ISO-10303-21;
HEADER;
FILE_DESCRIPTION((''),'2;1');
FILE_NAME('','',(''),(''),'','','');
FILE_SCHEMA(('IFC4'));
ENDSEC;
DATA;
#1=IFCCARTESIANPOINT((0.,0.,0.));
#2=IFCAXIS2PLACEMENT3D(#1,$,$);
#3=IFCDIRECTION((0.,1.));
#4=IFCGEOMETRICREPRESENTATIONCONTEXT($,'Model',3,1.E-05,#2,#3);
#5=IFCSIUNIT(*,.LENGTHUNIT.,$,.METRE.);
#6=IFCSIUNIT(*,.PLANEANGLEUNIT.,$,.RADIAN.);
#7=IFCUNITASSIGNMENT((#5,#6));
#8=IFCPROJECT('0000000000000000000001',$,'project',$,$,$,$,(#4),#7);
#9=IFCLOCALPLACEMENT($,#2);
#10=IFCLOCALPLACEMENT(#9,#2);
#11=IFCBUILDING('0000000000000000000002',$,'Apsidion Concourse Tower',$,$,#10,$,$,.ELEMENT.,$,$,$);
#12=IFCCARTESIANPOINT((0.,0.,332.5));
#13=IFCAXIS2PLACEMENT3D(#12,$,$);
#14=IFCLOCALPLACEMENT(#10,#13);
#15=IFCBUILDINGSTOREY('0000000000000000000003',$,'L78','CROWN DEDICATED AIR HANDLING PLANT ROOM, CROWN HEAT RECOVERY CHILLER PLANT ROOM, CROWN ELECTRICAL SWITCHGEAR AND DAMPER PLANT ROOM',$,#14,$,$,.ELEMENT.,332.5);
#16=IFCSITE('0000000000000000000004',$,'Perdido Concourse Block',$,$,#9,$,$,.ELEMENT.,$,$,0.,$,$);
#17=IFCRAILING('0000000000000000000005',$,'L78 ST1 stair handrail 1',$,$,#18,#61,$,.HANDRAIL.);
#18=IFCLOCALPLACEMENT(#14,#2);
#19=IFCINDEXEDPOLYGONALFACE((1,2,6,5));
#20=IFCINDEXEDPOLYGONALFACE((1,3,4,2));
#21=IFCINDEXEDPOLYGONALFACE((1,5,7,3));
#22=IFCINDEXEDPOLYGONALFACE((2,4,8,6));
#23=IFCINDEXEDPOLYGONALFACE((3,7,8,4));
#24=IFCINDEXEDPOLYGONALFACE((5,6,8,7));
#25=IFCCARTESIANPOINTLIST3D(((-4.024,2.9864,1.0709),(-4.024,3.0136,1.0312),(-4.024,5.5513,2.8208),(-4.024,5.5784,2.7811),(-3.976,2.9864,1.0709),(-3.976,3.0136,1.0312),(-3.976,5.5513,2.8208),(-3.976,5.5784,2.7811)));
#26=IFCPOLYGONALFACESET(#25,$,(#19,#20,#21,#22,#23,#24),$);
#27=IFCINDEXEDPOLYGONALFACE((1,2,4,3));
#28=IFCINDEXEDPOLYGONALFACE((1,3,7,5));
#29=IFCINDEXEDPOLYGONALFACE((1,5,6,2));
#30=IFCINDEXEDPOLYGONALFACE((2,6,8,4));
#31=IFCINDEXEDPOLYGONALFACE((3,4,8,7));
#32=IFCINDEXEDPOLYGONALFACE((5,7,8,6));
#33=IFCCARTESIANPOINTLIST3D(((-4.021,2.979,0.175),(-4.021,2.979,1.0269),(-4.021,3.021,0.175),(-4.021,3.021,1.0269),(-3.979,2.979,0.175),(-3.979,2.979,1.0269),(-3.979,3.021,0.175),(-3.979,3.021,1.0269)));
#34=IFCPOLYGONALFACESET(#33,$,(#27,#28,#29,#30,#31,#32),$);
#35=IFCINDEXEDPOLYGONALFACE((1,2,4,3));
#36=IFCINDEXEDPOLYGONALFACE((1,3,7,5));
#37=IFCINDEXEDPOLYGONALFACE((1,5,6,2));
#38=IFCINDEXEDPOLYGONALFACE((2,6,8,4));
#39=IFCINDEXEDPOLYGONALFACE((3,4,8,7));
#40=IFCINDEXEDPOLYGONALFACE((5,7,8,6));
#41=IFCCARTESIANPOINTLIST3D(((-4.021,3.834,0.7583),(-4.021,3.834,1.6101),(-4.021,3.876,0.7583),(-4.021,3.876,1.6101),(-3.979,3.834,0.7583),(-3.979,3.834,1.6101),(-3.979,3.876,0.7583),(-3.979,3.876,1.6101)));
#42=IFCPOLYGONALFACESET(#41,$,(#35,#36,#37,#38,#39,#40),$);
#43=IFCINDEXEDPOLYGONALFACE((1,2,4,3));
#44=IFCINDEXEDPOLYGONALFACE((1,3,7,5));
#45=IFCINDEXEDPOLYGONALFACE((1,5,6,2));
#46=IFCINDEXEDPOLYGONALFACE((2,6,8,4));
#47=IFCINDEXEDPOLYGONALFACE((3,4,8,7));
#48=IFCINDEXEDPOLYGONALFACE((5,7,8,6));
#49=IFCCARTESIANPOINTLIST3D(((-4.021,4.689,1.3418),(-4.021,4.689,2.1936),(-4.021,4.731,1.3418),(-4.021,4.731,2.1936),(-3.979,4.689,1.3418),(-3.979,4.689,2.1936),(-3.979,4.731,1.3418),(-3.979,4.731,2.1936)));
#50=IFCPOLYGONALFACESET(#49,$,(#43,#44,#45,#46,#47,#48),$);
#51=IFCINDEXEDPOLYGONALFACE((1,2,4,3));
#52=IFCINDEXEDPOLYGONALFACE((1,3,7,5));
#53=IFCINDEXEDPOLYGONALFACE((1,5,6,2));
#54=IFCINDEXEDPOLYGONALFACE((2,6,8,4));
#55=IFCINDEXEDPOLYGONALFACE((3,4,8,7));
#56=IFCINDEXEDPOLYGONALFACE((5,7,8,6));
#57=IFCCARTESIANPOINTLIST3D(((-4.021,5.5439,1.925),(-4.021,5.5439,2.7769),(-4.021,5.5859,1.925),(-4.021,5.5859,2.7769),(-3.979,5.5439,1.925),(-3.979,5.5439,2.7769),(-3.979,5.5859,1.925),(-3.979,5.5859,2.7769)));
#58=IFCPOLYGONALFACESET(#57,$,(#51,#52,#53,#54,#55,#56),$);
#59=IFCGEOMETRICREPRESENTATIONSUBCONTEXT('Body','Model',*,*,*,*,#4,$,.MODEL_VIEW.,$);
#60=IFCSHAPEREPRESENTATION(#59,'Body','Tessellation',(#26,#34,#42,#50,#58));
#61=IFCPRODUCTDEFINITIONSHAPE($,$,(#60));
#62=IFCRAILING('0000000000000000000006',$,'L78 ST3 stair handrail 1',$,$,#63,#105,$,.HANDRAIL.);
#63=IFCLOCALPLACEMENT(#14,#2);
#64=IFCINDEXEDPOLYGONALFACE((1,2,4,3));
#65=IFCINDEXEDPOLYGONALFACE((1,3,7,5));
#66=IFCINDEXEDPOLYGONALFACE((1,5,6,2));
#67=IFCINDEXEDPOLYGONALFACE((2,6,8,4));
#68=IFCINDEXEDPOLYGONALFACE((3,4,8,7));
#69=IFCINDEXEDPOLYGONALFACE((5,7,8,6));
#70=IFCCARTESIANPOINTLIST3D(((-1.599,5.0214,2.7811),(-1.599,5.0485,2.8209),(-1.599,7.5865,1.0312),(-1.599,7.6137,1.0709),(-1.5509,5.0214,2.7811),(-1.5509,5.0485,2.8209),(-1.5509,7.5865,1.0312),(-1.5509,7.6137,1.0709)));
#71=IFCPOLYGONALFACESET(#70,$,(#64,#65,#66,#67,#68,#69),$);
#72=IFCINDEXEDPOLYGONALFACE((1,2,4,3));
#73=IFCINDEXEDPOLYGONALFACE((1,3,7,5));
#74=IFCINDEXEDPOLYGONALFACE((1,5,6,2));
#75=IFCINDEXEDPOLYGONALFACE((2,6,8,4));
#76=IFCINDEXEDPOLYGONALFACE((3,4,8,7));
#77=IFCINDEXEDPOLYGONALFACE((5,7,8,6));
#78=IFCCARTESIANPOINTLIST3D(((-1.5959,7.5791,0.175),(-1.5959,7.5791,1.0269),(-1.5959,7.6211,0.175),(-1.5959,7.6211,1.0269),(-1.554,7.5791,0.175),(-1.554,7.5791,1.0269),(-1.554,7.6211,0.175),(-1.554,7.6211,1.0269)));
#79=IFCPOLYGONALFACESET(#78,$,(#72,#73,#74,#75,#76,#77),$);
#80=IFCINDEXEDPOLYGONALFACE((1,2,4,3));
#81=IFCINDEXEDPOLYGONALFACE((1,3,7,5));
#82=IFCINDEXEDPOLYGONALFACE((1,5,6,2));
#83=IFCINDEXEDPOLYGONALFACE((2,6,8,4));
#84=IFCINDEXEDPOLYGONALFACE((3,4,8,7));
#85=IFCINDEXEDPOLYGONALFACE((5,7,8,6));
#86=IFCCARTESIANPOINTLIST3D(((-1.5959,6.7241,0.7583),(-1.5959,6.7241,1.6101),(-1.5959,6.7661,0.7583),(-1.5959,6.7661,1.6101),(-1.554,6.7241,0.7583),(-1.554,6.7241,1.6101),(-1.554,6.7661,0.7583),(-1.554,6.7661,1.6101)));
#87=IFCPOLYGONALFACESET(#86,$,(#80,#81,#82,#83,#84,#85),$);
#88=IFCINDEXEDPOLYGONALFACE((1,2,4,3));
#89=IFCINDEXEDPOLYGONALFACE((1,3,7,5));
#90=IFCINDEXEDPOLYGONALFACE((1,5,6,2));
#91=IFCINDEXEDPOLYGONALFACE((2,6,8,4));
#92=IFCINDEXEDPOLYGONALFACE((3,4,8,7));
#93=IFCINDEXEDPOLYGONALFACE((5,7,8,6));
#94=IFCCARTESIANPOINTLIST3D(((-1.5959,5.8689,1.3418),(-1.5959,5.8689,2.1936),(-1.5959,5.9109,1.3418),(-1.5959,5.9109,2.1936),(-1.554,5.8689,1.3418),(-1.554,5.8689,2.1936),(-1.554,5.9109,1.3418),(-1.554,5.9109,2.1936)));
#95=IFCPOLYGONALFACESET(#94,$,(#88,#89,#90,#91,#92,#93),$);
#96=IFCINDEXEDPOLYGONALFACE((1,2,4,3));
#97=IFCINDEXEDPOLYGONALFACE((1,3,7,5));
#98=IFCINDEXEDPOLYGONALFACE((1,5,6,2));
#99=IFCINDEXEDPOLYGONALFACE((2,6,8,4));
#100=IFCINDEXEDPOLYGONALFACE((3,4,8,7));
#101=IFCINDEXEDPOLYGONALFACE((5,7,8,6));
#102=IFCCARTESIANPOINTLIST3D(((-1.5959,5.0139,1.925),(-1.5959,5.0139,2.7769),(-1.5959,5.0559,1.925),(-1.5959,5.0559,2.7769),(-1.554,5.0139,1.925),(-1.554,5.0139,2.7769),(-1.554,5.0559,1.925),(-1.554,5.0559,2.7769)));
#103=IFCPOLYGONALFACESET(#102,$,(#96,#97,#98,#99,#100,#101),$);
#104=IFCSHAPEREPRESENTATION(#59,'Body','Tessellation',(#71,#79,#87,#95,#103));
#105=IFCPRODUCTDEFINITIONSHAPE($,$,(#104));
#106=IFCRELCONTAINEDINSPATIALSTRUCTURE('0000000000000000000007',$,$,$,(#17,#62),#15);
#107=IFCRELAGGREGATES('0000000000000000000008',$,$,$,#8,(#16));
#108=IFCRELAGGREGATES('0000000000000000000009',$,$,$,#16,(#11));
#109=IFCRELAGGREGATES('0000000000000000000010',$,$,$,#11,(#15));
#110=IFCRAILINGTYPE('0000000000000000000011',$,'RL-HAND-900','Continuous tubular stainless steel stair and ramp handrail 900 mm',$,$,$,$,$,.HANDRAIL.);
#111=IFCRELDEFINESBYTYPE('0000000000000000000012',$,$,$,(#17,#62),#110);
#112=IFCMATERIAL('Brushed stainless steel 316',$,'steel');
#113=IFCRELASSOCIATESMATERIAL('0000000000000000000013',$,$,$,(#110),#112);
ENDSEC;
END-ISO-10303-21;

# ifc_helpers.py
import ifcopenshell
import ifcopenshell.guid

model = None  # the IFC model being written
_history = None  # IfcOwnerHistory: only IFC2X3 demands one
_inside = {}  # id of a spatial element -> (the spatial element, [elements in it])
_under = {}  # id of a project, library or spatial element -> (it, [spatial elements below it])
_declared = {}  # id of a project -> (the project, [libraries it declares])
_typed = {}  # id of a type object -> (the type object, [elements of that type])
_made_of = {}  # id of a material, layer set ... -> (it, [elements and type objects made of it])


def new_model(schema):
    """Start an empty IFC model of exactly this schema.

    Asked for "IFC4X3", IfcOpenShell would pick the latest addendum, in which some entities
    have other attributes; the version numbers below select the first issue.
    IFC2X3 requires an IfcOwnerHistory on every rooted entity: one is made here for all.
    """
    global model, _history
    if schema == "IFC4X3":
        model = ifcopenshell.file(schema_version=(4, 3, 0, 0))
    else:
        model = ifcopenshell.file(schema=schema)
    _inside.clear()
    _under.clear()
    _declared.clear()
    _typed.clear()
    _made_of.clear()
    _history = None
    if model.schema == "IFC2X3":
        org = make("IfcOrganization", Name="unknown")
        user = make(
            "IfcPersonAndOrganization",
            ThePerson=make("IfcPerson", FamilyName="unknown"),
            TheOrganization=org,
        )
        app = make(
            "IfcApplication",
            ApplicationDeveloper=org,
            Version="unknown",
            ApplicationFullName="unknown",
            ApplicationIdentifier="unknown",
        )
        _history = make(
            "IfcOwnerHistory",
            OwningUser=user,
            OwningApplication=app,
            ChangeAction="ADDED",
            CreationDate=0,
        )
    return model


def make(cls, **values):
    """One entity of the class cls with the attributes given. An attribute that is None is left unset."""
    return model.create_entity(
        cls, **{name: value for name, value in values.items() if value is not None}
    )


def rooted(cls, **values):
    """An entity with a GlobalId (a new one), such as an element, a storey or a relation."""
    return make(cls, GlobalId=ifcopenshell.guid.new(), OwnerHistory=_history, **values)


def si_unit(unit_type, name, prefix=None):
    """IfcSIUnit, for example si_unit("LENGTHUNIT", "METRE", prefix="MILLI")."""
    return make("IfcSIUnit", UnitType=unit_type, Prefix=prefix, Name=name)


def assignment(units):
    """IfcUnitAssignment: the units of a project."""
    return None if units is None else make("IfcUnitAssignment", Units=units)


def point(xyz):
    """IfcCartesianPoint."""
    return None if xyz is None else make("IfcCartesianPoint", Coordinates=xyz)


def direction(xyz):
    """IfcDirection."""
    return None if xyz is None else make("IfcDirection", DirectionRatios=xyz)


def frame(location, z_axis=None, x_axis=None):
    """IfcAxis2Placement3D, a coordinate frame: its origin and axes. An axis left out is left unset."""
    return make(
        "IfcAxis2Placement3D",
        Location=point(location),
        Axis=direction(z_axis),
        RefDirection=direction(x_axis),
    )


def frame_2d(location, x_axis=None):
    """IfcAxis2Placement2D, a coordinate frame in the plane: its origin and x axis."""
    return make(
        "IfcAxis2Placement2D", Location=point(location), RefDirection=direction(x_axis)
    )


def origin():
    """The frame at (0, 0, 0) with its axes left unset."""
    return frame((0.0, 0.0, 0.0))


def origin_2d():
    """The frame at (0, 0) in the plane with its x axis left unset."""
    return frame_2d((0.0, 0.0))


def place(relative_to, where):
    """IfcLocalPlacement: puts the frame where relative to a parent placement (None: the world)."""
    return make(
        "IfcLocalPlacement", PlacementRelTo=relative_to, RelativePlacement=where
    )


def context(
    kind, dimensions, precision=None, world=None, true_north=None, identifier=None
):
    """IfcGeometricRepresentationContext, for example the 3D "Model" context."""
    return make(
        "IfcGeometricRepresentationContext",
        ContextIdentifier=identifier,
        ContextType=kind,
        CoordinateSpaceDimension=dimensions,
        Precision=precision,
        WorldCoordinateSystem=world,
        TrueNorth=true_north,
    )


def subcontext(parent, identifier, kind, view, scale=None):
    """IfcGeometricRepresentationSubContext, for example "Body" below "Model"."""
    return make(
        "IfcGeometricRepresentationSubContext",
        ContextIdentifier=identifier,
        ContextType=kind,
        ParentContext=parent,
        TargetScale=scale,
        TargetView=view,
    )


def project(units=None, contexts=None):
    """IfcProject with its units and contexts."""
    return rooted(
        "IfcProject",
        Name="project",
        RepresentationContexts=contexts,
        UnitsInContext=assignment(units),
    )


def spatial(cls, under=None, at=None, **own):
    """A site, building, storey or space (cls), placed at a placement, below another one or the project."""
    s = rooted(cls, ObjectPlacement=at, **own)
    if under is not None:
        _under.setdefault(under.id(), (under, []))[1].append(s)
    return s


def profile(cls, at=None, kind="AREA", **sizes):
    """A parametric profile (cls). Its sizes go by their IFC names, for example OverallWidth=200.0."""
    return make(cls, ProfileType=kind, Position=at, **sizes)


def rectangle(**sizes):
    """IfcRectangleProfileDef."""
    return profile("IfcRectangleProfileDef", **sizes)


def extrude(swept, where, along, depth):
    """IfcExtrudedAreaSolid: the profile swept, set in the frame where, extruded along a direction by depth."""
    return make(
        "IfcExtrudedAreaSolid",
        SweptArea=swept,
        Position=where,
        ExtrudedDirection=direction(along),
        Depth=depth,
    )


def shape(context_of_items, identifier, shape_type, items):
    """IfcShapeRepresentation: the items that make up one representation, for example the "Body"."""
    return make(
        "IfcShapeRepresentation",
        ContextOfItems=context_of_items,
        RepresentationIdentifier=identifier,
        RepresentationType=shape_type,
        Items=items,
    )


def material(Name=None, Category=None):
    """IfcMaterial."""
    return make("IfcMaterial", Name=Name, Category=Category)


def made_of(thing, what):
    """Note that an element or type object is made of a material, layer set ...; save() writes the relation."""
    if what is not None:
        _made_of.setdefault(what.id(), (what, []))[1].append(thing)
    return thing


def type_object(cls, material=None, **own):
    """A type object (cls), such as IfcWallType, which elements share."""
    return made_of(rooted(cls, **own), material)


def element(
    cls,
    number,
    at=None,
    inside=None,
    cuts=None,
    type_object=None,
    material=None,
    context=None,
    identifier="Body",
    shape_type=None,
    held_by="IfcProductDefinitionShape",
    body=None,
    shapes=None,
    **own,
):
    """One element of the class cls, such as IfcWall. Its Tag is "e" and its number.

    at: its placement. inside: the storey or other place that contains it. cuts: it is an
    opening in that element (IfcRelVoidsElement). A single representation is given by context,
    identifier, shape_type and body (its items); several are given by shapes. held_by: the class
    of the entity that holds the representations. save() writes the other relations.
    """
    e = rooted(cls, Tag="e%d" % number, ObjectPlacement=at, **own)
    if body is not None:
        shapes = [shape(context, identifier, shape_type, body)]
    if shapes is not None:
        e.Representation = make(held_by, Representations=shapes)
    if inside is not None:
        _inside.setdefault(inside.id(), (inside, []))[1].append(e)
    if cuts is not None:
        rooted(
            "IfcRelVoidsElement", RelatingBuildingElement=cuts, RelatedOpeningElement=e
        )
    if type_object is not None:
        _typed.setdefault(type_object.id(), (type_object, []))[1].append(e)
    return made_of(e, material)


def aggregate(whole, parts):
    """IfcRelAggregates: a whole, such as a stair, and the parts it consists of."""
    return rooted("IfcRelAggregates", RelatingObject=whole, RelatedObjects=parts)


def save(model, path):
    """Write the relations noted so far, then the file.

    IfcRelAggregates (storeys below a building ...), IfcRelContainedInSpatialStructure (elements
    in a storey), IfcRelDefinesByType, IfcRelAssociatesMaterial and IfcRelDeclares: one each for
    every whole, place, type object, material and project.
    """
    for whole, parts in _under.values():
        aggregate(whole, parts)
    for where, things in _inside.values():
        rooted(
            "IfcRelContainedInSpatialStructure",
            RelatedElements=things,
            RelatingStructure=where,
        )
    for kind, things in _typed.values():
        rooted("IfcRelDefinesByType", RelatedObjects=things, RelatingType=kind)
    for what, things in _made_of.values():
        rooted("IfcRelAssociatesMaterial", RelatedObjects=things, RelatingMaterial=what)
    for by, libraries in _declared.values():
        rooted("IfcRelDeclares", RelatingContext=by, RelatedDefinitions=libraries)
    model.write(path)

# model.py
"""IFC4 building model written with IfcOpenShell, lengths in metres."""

from ifc_helpers import new_model, si_unit, direction, frame, origin, origin_2d, place, context, subcontext, project, spatial, rectangle, extrude, material, type_object, element, save


model = new_model("IFC4")

# Units and contexts
model_context = context("Model", 3, precision=1e-05, world=origin(), true_north=direction((0.0, 1.0)))
body_context = subcontext(model_context, "Body", "Model", "MODEL_VIEW")
ifc_project = project(units=[si_unit("LENGTHUNIT", "METRE"), si_unit("PLANEANGLEUNIT", "RADIAN")], contexts=[model_context])

# Site, building, storey
site_placement = place(None, origin())
site = spatial("IfcSite", under=ifc_project, at=site_placement, Name="Perdido Concourse Block", CompositionType="ELEMENT", RefElevation=0.0)
building_placement = place(site_placement, origin())
building = spatial("IfcBuilding", under=site, at=building_placement, Name="Apsidion Concourse Tower", CompositionType="ELEMENT")
storey_placement = place(building_placement, frame((0.0, 0.0, 332.5)))
storey = spatial("IfcBuildingStorey", under=building, at=storey_placement, Name="L78", Description="CROWN DEDICATED AIR HANDLING PLANT ROOM, CROWN HEAT RECOVERY CHILLER PLANT ROOM, CROWN ELECTRICAL SWITCHGEAR AND DAMPER PLANT ROOM", CompositionType="ELEMENT", Elevation=332.5)

# Railings
ifc_material_1 = material(Name="Brushed stainless steel 316", Category="steel")
railing_type_1 = type_object("IfcRailingType", Name="RL-HAND-900", Description="Continuous tubular stainless steel stair and ramp handrail 900 mm", PredefinedType="HANDRAIL", material=ifc_material_1)
railing_1_placement = place(storey_placement, frame((-4.0, 3.0, 0.175)))
element("IfcRailing", 1, at=railing_1_placement, inside=storey, type_object=railing_type_1, Name="L78 ST1 stair handrail 1", PredefinedType="HANDRAIL", context=body_context, shape_type="SweptSolid", body=[
    extrude(rectangle(XDim=0.0481, YDim=0.0481, at=origin_2d()), frame((0.0, 0.0, 0.876), z_axis=(0.0, 0.826051, 0.563595), x_axis=(-1.0, 0.0, 0.0)), (0.0, 0.0, 1.0), 3.105),
    extrude(rectangle(XDim=0.042, YDim=0.042, at=origin_2d()), origin(), (0.0, 0.0, 1.0), 0.8518),
    extrude(rectangle(XDim=0.042, YDim=0.042, at=origin_2d()), frame((0.0, 0.855, 0.5833)), (0.0, 0.0, 1.0), 0.8518),
    extrude(rectangle(XDim=0.042, YDim=0.042, at=origin_2d()), frame((0.0, 1.71, 1.1667)), (0.0, 0.0, 1.0), 0.8518),
    extrude(rectangle(XDim=0.042, YDim=0.042, at=origin_2d()), frame((0.0, 2.5649, 1.75)), (0.0, 0.0, 1.0), 0.8518),
])
railing_2_placement = place(storey_placement, frame((-1.575, 7.6001, 0.175)))
element("IfcRailing", 2, at=railing_2_placement, inside=storey, type_object=railing_type_1, Name="L78 ST3 stair handrail 1", PredefinedType="HANDRAIL", context=body_context, shape_type="SweptSolid", body=[
    extrude(rectangle(XDim=0.0481, YDim=0.0481, at=origin_2d()), frame((0.0, 0.0, 0.876), z_axis=(0.0, -0.826076, 0.563559), x_axis=(1.0, 0.0, 0.0)), (0.0, 0.0, 1.0), 3.1052),
    extrude(rectangle(XDim=0.042, YDim=0.042, at=origin_2d()), origin(), (0.0, 0.0, 1.0), 0.8518),
    extrude(rectangle(XDim=0.042, YDim=0.042, at=origin_2d()), frame((0.0, -0.855, 0.5833)), (0.0, 0.0, 1.0), 0.8518),
    extrude(rectangle(XDim=0.042, YDim=0.042, at=origin_2d()), frame((0.0, -1.7102, 1.1667)), (0.0, 0.0, 1.0), 0.8518),
    extrude(rectangle(XDim=0.042, YDim=0.042, at=origin_2d()), frame((0.0, -2.5652, 1.75)), (0.0, 0.0, 1.0), 0.8518),
])

save(model, "model.ifc")
